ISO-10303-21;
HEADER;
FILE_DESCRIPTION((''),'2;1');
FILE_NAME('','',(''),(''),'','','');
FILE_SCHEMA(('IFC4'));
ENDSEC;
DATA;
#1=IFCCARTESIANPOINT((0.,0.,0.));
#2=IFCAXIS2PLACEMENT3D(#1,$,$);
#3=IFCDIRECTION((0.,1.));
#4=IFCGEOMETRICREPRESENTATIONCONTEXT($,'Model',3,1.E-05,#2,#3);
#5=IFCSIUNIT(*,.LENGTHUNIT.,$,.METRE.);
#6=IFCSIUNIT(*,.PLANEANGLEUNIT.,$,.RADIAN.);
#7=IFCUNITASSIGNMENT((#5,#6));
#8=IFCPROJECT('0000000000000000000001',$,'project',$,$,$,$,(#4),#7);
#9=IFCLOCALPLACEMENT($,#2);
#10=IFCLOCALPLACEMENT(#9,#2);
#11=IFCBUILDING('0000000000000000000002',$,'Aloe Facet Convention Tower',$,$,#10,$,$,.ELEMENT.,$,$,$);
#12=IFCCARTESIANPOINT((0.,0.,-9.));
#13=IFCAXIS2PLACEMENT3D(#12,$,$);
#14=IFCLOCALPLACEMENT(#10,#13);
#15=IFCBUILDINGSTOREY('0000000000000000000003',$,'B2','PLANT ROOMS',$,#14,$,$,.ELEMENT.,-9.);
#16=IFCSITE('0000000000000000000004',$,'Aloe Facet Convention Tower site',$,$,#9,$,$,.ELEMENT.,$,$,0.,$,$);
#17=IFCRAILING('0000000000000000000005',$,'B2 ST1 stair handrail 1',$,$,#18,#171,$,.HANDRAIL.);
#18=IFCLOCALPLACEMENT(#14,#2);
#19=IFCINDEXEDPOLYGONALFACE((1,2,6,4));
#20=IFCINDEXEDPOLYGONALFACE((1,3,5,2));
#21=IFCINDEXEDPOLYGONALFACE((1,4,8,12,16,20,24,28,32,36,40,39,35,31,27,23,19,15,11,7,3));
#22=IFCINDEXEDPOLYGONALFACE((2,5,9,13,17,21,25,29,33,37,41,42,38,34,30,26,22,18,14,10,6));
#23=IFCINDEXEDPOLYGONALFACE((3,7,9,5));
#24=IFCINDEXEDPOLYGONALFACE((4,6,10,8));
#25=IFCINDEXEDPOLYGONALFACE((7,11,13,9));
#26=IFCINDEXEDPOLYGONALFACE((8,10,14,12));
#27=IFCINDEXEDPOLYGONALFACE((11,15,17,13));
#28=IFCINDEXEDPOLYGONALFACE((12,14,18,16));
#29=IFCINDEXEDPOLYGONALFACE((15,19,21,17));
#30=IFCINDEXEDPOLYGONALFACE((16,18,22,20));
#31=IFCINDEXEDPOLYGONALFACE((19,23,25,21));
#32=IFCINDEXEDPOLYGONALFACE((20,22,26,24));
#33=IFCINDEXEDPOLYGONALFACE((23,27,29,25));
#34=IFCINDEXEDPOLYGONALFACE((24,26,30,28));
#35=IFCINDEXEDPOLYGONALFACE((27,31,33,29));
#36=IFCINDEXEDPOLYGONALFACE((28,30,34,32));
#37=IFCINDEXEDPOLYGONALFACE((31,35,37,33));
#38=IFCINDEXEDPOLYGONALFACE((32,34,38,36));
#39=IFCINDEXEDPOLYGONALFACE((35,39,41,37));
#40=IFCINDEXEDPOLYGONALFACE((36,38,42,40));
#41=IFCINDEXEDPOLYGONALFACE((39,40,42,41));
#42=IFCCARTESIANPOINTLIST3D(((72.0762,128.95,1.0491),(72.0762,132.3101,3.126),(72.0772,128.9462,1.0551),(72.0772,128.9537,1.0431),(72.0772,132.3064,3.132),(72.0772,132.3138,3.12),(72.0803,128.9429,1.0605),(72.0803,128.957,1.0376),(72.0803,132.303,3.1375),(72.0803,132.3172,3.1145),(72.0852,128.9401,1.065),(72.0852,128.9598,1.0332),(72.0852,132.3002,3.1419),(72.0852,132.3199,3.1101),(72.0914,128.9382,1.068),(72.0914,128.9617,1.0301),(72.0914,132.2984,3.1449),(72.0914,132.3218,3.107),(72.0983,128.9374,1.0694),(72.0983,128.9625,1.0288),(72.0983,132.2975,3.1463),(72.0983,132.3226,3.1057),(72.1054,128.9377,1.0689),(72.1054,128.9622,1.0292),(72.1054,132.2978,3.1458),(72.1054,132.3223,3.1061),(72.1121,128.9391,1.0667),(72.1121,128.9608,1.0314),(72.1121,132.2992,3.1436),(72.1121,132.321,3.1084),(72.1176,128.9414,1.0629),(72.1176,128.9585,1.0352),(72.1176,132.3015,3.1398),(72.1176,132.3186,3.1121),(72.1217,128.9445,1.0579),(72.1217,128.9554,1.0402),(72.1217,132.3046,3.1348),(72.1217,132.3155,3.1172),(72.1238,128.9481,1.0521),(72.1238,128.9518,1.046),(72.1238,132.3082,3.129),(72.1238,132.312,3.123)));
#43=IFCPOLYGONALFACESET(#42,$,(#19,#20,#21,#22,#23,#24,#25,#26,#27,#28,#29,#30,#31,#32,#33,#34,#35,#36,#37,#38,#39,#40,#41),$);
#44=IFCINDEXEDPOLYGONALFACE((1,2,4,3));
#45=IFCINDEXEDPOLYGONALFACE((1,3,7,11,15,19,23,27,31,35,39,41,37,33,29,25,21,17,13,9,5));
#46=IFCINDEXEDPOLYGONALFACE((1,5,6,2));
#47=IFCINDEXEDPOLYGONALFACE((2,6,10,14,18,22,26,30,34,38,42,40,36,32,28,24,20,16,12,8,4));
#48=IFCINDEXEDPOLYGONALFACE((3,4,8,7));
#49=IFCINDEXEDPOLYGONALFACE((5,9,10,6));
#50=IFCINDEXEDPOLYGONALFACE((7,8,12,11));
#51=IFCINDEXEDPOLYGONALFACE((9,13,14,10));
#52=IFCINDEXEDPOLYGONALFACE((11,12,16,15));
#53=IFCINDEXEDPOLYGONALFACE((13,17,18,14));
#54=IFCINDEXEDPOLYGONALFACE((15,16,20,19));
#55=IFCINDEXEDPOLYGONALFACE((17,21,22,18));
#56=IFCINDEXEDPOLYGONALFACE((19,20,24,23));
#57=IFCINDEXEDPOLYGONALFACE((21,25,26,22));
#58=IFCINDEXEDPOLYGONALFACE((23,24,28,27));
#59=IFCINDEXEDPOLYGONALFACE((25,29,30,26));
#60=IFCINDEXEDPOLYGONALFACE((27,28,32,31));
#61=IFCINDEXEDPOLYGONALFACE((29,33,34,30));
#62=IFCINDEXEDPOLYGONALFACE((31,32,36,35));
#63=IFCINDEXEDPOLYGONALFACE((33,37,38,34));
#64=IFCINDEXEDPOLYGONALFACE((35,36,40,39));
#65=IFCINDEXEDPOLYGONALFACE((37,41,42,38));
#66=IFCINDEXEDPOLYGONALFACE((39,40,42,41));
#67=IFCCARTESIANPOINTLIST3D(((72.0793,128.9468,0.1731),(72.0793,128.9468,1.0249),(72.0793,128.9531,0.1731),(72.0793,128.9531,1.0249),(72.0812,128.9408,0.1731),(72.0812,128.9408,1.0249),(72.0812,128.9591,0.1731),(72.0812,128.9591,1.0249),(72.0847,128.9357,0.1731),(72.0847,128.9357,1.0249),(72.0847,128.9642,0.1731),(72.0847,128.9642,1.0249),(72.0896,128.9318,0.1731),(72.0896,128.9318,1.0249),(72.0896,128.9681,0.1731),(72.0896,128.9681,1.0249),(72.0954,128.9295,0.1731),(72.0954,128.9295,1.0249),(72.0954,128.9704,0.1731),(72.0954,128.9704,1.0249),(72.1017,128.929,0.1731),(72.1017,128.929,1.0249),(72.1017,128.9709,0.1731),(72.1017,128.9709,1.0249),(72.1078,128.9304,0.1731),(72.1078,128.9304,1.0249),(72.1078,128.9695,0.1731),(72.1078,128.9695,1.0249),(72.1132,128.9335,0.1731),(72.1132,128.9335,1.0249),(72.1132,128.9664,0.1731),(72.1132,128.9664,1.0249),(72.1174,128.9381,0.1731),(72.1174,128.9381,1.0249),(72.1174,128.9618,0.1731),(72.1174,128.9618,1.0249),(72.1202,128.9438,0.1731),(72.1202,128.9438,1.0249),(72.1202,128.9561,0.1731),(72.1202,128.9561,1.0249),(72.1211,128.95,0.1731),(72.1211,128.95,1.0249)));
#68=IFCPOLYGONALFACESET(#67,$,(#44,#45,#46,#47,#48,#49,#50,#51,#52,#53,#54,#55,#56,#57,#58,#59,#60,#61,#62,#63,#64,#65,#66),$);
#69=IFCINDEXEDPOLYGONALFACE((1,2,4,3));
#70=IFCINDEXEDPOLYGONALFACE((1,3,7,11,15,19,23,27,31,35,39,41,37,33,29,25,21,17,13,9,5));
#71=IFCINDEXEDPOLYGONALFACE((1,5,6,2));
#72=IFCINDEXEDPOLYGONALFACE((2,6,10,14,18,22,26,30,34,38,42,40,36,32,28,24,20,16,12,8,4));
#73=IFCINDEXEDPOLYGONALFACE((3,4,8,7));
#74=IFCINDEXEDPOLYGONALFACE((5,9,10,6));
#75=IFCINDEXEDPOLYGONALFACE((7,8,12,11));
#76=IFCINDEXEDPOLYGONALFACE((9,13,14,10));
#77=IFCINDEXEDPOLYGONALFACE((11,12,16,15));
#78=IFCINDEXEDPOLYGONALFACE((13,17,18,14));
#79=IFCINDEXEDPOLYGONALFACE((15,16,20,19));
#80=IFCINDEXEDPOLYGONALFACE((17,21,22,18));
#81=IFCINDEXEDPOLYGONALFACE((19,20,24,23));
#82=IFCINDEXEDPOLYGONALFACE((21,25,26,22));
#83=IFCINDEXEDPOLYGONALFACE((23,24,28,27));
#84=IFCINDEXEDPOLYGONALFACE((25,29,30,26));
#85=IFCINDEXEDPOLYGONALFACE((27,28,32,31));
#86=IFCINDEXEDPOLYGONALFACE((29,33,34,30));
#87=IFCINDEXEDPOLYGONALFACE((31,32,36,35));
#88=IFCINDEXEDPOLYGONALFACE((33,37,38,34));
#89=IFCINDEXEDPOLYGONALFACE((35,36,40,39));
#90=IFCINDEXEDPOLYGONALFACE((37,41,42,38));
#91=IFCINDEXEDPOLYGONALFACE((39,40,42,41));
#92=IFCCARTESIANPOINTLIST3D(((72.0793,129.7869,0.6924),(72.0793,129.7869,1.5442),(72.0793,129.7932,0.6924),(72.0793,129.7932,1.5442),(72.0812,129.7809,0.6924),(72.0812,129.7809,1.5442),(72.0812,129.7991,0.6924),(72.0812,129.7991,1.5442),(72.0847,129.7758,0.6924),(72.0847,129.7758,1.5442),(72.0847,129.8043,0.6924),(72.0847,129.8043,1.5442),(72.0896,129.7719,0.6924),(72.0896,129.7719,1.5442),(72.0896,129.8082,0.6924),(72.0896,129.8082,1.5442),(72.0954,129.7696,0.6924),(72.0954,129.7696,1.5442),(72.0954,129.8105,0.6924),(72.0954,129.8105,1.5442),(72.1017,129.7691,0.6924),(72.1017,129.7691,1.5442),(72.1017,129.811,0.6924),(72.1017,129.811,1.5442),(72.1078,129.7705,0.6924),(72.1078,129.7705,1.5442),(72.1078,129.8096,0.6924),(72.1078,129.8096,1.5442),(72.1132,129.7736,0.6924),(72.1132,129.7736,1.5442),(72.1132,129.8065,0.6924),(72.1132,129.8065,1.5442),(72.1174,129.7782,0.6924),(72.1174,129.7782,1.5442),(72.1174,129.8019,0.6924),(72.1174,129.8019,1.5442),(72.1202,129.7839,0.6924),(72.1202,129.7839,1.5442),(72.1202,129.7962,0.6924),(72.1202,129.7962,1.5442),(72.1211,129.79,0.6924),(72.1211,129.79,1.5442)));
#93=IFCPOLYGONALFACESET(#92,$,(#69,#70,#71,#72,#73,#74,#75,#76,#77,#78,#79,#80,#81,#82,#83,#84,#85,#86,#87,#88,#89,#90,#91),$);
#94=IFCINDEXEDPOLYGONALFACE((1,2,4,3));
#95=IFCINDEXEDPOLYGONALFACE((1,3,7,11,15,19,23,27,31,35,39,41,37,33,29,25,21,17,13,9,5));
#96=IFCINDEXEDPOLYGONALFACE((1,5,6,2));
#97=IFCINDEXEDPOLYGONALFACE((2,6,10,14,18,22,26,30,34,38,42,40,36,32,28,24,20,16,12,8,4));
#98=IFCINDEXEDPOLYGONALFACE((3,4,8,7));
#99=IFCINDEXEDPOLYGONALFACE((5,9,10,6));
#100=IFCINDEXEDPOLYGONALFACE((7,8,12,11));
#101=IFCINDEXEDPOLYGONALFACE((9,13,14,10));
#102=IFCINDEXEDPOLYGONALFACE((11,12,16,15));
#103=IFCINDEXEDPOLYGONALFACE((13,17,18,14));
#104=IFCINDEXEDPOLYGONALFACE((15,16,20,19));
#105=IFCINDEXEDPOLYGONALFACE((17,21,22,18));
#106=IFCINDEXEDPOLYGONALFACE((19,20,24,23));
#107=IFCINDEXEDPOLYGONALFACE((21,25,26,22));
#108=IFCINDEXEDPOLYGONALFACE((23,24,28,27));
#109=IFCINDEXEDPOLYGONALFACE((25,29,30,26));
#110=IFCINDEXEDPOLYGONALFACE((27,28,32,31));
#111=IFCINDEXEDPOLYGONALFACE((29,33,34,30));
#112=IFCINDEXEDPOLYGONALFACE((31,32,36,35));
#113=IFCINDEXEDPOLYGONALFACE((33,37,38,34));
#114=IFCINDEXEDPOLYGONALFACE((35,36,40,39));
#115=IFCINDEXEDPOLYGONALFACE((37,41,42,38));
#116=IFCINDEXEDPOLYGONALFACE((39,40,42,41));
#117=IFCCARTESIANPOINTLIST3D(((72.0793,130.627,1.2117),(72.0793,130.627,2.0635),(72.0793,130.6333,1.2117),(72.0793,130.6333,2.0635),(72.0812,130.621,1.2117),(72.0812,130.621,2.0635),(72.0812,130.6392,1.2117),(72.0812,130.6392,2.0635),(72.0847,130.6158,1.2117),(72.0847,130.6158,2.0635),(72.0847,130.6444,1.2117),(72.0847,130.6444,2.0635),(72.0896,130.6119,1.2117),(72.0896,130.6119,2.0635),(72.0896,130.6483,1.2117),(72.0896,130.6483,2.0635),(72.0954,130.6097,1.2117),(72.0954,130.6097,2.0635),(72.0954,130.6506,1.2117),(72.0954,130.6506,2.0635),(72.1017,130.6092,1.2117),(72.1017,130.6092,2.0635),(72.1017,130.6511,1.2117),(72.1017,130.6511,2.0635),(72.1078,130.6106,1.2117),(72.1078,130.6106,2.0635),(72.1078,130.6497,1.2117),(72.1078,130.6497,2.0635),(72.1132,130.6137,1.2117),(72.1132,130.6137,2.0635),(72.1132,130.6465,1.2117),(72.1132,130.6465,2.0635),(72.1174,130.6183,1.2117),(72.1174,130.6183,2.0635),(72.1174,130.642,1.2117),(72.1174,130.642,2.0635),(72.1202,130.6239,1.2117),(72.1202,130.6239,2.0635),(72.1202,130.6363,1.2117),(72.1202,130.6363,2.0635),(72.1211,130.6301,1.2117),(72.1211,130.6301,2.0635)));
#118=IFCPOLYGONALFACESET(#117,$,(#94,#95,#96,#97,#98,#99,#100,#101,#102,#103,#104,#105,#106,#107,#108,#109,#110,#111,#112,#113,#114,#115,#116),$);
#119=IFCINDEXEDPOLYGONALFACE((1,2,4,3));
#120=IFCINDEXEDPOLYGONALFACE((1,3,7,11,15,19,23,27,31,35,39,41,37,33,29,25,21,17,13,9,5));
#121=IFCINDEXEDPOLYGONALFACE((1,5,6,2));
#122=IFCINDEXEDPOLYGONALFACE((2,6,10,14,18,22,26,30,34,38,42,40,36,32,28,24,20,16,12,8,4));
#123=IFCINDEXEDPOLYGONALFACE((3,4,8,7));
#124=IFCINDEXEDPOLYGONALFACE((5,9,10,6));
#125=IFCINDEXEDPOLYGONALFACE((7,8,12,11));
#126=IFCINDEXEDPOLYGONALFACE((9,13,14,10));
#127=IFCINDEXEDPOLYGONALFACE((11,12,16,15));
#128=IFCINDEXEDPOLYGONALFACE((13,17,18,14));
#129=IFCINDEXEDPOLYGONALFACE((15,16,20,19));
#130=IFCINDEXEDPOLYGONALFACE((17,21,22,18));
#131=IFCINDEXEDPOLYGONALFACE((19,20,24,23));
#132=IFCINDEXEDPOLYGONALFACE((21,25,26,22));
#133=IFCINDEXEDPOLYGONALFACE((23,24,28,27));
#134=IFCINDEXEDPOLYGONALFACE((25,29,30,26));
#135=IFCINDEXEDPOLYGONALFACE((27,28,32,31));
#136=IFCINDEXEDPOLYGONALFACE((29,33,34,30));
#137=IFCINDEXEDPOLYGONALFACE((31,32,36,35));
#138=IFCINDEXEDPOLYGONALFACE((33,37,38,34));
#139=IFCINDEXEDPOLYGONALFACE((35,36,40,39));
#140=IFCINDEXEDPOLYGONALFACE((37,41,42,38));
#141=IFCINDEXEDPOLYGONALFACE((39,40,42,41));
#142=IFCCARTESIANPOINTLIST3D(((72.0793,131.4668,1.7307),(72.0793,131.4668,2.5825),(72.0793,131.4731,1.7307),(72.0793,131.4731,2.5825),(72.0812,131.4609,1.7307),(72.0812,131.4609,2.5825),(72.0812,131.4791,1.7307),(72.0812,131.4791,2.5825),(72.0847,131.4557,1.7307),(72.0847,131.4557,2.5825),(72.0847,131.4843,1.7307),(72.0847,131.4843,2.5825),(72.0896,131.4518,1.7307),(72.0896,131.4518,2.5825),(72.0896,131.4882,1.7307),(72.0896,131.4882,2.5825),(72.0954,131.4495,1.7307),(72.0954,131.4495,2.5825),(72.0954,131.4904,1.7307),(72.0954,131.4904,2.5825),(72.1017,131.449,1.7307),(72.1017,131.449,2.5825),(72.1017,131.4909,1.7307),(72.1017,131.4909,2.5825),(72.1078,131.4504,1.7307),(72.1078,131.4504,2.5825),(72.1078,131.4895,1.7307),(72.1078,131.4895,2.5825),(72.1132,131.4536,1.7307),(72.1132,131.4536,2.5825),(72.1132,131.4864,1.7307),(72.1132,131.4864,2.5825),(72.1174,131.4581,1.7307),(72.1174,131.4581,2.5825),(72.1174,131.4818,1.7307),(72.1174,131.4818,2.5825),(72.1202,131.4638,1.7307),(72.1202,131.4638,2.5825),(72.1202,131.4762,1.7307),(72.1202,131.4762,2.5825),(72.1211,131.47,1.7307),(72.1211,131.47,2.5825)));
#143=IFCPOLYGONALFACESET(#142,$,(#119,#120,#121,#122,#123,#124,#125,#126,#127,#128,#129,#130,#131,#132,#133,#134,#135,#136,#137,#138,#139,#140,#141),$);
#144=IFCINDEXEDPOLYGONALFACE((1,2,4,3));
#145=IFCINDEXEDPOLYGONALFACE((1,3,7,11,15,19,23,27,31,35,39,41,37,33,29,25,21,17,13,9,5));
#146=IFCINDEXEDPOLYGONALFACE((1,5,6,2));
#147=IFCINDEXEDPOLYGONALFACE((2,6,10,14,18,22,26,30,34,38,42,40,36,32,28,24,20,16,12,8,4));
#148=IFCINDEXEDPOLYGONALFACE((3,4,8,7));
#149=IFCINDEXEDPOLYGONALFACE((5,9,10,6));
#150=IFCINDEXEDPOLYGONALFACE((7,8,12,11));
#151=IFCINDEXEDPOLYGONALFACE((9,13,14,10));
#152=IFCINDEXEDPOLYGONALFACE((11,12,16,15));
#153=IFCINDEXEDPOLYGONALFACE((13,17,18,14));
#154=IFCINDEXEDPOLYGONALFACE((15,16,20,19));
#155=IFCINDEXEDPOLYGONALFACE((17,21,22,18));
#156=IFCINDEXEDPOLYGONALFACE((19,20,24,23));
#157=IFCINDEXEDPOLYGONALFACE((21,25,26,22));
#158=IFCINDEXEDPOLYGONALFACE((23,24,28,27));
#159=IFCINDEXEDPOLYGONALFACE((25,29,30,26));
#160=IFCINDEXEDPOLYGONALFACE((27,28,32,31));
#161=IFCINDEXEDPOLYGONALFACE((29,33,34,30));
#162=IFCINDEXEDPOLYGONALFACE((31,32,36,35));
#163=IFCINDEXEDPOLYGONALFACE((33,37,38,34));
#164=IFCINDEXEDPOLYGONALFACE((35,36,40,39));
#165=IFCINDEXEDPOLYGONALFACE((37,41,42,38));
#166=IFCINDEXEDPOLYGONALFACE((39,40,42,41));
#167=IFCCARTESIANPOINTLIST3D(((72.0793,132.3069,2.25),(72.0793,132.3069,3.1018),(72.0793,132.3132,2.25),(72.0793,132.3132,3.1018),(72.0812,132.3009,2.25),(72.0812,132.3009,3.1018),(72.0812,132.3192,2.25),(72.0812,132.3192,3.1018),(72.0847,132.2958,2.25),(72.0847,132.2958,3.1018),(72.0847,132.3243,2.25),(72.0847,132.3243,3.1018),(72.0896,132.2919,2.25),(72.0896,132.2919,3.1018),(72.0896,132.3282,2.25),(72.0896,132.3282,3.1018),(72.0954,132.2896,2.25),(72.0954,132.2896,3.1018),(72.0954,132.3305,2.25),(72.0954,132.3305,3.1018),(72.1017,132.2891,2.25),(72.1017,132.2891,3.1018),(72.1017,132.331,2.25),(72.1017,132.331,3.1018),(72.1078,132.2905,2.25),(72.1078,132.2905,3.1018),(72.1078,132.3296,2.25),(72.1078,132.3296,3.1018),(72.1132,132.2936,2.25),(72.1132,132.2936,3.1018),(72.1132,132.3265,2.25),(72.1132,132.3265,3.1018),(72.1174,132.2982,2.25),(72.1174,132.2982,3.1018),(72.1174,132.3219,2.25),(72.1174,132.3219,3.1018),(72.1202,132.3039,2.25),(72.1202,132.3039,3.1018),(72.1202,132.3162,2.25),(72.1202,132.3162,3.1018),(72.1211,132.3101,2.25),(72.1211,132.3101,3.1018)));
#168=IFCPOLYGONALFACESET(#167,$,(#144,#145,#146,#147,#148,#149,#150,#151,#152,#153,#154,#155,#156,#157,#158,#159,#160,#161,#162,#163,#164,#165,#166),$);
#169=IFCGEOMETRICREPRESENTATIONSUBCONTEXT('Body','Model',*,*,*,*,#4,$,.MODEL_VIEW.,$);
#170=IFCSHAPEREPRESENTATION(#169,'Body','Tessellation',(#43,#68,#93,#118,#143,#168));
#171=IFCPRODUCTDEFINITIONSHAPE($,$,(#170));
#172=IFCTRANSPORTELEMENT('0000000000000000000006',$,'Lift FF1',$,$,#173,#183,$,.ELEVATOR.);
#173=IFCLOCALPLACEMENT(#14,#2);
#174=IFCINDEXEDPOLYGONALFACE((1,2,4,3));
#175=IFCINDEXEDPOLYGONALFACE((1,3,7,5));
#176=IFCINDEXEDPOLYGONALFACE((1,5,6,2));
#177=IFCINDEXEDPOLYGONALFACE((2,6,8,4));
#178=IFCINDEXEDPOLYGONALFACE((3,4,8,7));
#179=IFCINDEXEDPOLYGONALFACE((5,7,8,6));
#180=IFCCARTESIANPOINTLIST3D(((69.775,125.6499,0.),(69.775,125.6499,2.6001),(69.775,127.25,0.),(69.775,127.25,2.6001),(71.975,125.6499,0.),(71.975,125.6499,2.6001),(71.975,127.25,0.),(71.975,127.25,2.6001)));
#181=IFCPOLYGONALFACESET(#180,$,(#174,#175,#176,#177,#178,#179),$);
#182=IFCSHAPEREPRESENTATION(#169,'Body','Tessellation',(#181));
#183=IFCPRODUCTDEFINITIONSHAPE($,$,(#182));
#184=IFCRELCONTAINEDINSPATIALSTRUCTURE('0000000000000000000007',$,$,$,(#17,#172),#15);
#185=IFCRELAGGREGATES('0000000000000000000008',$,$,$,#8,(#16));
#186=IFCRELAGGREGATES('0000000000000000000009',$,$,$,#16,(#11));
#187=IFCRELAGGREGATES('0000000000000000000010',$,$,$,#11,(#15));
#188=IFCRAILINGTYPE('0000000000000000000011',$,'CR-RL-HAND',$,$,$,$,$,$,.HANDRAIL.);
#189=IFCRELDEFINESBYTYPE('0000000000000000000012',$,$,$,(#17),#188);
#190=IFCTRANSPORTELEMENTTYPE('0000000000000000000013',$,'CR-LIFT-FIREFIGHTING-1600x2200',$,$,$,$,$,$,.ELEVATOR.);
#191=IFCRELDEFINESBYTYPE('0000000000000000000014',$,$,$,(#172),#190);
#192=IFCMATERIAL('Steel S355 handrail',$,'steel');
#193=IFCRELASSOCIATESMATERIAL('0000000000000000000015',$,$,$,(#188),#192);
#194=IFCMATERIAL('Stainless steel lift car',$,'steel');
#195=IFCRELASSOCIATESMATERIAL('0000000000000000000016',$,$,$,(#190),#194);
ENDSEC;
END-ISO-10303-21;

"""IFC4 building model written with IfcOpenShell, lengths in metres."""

from ifc_helpers import new_model, si_unit, direction, frame, origin, origin_2d, place, context, subcontext, project, spatial, rectangle, circle, extrude, material, type_object, element, save


model = new_model("IFC4")

# Units and contexts
model_context = context("Model", 3, precision=1e-05, world=origin(), true_north=direction((0.0, 1.0)))
body_context = subcontext(model_context, "Body", "Model", "MODEL_VIEW")
ifc_project = project(units=[si_unit("LENGTHUNIT", "METRE"), si_unit("PLANEANGLEUNIT", "RADIAN")], contexts=[model_context])

# Site, building, storey
site_placement = place(None, origin())
site = spatial("IfcSite", under=ifc_project, at=site_placement, Name="Aloe Facet Convention Tower site", CompositionType="ELEMENT", RefElevation=0.0)
building_placement = place(site_placement, origin())
building = spatial("IfcBuilding", under=site, at=building_placement, Name="Aloe Facet Convention Tower", CompositionType="ELEMENT")
storey_placement = place(building_placement, frame((0.0, 0.0, -9.0)))
storey = spatial("IfcBuildingStorey", under=building, at=storey_placement, Name="B2", Description="PLANT ROOMS", CompositionType="ELEMENT", Elevation=-9.0)

# Railing
ifc_material_1 = material(Name="Steel S355 handrail", Category="steel")
railing_type_1 = type_object("IfcRailingType", Name="CR-RL-HAND", PredefinedType="HANDRAIL", material=ifc_material_1)
railing_1_placement = place(storey_placement, frame((72.1001, 128.95, 0.1731)))
element("IfcRailing", 1, at=railing_1_placement, inside=storey, type_object=railing_type_1, Name="B2 ST1 stair handrail 1", PredefinedType="HANDRAIL", context=body_context, shape_type="SweptSolid", body=[
    extrude(circle(Radius=0.0239, at=origin_2d()), frame((0.0, 0.0, 0.876), z_axis=(0.0, 0.850623, 0.525776), x_axis=(-1.0, 0.0, 0.0)), (0.0, 0.0, 1.0), 3.9502),
    extrude(circle(Radius=0.021, at=origin_2d()), origin(), (0.0, 0.0, 1.0), 0.8518),
    extrude(circle(Radius=0.021, at=origin_2d()), frame((0.0, 0.8401, 0.5193)), (0.0, 0.0, 1.0), 0.8518),
    extrude(circle(Radius=0.021, at=origin_2d()), frame((0.0, 1.6802, 1.0386)), (0.0, 0.0, 1.0), 0.8518),
    extrude(circle(Radius=0.021, at=origin_2d()), frame((0.0, 2.52, 1.5576)), (0.0, 0.0, 1.0), 0.8518),
    extrude(circle(Radius=0.021, at=origin_2d()), frame((0.0, 3.3601, 2.0769)), (0.0, 0.0, 1.0), 0.8518),
])

# Transport element
ifc_material_2 = material(Name="Stainless steel lift car", Category="steel")
transport_element_type = type_object("IfcTransportElementType", Name="CR-LIFT-FIREFIGHTING-1600x2200", PredefinedType="ELEVATOR", material=ifc_material_2)
transport_element_placement = place(storey_placement, frame((70.875, 126.45, 0.0), z_axis=(0.0, 0.0, 1.0), x_axis=(1.0, 0.0, 0.0)))
element("IfcTransportElement", 2, at=transport_element_placement, inside=storey, type_object=transport_element_type, Name="Lift FF1", PredefinedType="ELEVATOR", context=body_context, shape_type="SweptSolid", body=[
    extrude(rectangle(XDim=2.2, YDim=1.6001, at=origin_2d()), origin(), (0.0, 0.0, 1.0), 2.6001),
])

save(model, "model.ifc")
